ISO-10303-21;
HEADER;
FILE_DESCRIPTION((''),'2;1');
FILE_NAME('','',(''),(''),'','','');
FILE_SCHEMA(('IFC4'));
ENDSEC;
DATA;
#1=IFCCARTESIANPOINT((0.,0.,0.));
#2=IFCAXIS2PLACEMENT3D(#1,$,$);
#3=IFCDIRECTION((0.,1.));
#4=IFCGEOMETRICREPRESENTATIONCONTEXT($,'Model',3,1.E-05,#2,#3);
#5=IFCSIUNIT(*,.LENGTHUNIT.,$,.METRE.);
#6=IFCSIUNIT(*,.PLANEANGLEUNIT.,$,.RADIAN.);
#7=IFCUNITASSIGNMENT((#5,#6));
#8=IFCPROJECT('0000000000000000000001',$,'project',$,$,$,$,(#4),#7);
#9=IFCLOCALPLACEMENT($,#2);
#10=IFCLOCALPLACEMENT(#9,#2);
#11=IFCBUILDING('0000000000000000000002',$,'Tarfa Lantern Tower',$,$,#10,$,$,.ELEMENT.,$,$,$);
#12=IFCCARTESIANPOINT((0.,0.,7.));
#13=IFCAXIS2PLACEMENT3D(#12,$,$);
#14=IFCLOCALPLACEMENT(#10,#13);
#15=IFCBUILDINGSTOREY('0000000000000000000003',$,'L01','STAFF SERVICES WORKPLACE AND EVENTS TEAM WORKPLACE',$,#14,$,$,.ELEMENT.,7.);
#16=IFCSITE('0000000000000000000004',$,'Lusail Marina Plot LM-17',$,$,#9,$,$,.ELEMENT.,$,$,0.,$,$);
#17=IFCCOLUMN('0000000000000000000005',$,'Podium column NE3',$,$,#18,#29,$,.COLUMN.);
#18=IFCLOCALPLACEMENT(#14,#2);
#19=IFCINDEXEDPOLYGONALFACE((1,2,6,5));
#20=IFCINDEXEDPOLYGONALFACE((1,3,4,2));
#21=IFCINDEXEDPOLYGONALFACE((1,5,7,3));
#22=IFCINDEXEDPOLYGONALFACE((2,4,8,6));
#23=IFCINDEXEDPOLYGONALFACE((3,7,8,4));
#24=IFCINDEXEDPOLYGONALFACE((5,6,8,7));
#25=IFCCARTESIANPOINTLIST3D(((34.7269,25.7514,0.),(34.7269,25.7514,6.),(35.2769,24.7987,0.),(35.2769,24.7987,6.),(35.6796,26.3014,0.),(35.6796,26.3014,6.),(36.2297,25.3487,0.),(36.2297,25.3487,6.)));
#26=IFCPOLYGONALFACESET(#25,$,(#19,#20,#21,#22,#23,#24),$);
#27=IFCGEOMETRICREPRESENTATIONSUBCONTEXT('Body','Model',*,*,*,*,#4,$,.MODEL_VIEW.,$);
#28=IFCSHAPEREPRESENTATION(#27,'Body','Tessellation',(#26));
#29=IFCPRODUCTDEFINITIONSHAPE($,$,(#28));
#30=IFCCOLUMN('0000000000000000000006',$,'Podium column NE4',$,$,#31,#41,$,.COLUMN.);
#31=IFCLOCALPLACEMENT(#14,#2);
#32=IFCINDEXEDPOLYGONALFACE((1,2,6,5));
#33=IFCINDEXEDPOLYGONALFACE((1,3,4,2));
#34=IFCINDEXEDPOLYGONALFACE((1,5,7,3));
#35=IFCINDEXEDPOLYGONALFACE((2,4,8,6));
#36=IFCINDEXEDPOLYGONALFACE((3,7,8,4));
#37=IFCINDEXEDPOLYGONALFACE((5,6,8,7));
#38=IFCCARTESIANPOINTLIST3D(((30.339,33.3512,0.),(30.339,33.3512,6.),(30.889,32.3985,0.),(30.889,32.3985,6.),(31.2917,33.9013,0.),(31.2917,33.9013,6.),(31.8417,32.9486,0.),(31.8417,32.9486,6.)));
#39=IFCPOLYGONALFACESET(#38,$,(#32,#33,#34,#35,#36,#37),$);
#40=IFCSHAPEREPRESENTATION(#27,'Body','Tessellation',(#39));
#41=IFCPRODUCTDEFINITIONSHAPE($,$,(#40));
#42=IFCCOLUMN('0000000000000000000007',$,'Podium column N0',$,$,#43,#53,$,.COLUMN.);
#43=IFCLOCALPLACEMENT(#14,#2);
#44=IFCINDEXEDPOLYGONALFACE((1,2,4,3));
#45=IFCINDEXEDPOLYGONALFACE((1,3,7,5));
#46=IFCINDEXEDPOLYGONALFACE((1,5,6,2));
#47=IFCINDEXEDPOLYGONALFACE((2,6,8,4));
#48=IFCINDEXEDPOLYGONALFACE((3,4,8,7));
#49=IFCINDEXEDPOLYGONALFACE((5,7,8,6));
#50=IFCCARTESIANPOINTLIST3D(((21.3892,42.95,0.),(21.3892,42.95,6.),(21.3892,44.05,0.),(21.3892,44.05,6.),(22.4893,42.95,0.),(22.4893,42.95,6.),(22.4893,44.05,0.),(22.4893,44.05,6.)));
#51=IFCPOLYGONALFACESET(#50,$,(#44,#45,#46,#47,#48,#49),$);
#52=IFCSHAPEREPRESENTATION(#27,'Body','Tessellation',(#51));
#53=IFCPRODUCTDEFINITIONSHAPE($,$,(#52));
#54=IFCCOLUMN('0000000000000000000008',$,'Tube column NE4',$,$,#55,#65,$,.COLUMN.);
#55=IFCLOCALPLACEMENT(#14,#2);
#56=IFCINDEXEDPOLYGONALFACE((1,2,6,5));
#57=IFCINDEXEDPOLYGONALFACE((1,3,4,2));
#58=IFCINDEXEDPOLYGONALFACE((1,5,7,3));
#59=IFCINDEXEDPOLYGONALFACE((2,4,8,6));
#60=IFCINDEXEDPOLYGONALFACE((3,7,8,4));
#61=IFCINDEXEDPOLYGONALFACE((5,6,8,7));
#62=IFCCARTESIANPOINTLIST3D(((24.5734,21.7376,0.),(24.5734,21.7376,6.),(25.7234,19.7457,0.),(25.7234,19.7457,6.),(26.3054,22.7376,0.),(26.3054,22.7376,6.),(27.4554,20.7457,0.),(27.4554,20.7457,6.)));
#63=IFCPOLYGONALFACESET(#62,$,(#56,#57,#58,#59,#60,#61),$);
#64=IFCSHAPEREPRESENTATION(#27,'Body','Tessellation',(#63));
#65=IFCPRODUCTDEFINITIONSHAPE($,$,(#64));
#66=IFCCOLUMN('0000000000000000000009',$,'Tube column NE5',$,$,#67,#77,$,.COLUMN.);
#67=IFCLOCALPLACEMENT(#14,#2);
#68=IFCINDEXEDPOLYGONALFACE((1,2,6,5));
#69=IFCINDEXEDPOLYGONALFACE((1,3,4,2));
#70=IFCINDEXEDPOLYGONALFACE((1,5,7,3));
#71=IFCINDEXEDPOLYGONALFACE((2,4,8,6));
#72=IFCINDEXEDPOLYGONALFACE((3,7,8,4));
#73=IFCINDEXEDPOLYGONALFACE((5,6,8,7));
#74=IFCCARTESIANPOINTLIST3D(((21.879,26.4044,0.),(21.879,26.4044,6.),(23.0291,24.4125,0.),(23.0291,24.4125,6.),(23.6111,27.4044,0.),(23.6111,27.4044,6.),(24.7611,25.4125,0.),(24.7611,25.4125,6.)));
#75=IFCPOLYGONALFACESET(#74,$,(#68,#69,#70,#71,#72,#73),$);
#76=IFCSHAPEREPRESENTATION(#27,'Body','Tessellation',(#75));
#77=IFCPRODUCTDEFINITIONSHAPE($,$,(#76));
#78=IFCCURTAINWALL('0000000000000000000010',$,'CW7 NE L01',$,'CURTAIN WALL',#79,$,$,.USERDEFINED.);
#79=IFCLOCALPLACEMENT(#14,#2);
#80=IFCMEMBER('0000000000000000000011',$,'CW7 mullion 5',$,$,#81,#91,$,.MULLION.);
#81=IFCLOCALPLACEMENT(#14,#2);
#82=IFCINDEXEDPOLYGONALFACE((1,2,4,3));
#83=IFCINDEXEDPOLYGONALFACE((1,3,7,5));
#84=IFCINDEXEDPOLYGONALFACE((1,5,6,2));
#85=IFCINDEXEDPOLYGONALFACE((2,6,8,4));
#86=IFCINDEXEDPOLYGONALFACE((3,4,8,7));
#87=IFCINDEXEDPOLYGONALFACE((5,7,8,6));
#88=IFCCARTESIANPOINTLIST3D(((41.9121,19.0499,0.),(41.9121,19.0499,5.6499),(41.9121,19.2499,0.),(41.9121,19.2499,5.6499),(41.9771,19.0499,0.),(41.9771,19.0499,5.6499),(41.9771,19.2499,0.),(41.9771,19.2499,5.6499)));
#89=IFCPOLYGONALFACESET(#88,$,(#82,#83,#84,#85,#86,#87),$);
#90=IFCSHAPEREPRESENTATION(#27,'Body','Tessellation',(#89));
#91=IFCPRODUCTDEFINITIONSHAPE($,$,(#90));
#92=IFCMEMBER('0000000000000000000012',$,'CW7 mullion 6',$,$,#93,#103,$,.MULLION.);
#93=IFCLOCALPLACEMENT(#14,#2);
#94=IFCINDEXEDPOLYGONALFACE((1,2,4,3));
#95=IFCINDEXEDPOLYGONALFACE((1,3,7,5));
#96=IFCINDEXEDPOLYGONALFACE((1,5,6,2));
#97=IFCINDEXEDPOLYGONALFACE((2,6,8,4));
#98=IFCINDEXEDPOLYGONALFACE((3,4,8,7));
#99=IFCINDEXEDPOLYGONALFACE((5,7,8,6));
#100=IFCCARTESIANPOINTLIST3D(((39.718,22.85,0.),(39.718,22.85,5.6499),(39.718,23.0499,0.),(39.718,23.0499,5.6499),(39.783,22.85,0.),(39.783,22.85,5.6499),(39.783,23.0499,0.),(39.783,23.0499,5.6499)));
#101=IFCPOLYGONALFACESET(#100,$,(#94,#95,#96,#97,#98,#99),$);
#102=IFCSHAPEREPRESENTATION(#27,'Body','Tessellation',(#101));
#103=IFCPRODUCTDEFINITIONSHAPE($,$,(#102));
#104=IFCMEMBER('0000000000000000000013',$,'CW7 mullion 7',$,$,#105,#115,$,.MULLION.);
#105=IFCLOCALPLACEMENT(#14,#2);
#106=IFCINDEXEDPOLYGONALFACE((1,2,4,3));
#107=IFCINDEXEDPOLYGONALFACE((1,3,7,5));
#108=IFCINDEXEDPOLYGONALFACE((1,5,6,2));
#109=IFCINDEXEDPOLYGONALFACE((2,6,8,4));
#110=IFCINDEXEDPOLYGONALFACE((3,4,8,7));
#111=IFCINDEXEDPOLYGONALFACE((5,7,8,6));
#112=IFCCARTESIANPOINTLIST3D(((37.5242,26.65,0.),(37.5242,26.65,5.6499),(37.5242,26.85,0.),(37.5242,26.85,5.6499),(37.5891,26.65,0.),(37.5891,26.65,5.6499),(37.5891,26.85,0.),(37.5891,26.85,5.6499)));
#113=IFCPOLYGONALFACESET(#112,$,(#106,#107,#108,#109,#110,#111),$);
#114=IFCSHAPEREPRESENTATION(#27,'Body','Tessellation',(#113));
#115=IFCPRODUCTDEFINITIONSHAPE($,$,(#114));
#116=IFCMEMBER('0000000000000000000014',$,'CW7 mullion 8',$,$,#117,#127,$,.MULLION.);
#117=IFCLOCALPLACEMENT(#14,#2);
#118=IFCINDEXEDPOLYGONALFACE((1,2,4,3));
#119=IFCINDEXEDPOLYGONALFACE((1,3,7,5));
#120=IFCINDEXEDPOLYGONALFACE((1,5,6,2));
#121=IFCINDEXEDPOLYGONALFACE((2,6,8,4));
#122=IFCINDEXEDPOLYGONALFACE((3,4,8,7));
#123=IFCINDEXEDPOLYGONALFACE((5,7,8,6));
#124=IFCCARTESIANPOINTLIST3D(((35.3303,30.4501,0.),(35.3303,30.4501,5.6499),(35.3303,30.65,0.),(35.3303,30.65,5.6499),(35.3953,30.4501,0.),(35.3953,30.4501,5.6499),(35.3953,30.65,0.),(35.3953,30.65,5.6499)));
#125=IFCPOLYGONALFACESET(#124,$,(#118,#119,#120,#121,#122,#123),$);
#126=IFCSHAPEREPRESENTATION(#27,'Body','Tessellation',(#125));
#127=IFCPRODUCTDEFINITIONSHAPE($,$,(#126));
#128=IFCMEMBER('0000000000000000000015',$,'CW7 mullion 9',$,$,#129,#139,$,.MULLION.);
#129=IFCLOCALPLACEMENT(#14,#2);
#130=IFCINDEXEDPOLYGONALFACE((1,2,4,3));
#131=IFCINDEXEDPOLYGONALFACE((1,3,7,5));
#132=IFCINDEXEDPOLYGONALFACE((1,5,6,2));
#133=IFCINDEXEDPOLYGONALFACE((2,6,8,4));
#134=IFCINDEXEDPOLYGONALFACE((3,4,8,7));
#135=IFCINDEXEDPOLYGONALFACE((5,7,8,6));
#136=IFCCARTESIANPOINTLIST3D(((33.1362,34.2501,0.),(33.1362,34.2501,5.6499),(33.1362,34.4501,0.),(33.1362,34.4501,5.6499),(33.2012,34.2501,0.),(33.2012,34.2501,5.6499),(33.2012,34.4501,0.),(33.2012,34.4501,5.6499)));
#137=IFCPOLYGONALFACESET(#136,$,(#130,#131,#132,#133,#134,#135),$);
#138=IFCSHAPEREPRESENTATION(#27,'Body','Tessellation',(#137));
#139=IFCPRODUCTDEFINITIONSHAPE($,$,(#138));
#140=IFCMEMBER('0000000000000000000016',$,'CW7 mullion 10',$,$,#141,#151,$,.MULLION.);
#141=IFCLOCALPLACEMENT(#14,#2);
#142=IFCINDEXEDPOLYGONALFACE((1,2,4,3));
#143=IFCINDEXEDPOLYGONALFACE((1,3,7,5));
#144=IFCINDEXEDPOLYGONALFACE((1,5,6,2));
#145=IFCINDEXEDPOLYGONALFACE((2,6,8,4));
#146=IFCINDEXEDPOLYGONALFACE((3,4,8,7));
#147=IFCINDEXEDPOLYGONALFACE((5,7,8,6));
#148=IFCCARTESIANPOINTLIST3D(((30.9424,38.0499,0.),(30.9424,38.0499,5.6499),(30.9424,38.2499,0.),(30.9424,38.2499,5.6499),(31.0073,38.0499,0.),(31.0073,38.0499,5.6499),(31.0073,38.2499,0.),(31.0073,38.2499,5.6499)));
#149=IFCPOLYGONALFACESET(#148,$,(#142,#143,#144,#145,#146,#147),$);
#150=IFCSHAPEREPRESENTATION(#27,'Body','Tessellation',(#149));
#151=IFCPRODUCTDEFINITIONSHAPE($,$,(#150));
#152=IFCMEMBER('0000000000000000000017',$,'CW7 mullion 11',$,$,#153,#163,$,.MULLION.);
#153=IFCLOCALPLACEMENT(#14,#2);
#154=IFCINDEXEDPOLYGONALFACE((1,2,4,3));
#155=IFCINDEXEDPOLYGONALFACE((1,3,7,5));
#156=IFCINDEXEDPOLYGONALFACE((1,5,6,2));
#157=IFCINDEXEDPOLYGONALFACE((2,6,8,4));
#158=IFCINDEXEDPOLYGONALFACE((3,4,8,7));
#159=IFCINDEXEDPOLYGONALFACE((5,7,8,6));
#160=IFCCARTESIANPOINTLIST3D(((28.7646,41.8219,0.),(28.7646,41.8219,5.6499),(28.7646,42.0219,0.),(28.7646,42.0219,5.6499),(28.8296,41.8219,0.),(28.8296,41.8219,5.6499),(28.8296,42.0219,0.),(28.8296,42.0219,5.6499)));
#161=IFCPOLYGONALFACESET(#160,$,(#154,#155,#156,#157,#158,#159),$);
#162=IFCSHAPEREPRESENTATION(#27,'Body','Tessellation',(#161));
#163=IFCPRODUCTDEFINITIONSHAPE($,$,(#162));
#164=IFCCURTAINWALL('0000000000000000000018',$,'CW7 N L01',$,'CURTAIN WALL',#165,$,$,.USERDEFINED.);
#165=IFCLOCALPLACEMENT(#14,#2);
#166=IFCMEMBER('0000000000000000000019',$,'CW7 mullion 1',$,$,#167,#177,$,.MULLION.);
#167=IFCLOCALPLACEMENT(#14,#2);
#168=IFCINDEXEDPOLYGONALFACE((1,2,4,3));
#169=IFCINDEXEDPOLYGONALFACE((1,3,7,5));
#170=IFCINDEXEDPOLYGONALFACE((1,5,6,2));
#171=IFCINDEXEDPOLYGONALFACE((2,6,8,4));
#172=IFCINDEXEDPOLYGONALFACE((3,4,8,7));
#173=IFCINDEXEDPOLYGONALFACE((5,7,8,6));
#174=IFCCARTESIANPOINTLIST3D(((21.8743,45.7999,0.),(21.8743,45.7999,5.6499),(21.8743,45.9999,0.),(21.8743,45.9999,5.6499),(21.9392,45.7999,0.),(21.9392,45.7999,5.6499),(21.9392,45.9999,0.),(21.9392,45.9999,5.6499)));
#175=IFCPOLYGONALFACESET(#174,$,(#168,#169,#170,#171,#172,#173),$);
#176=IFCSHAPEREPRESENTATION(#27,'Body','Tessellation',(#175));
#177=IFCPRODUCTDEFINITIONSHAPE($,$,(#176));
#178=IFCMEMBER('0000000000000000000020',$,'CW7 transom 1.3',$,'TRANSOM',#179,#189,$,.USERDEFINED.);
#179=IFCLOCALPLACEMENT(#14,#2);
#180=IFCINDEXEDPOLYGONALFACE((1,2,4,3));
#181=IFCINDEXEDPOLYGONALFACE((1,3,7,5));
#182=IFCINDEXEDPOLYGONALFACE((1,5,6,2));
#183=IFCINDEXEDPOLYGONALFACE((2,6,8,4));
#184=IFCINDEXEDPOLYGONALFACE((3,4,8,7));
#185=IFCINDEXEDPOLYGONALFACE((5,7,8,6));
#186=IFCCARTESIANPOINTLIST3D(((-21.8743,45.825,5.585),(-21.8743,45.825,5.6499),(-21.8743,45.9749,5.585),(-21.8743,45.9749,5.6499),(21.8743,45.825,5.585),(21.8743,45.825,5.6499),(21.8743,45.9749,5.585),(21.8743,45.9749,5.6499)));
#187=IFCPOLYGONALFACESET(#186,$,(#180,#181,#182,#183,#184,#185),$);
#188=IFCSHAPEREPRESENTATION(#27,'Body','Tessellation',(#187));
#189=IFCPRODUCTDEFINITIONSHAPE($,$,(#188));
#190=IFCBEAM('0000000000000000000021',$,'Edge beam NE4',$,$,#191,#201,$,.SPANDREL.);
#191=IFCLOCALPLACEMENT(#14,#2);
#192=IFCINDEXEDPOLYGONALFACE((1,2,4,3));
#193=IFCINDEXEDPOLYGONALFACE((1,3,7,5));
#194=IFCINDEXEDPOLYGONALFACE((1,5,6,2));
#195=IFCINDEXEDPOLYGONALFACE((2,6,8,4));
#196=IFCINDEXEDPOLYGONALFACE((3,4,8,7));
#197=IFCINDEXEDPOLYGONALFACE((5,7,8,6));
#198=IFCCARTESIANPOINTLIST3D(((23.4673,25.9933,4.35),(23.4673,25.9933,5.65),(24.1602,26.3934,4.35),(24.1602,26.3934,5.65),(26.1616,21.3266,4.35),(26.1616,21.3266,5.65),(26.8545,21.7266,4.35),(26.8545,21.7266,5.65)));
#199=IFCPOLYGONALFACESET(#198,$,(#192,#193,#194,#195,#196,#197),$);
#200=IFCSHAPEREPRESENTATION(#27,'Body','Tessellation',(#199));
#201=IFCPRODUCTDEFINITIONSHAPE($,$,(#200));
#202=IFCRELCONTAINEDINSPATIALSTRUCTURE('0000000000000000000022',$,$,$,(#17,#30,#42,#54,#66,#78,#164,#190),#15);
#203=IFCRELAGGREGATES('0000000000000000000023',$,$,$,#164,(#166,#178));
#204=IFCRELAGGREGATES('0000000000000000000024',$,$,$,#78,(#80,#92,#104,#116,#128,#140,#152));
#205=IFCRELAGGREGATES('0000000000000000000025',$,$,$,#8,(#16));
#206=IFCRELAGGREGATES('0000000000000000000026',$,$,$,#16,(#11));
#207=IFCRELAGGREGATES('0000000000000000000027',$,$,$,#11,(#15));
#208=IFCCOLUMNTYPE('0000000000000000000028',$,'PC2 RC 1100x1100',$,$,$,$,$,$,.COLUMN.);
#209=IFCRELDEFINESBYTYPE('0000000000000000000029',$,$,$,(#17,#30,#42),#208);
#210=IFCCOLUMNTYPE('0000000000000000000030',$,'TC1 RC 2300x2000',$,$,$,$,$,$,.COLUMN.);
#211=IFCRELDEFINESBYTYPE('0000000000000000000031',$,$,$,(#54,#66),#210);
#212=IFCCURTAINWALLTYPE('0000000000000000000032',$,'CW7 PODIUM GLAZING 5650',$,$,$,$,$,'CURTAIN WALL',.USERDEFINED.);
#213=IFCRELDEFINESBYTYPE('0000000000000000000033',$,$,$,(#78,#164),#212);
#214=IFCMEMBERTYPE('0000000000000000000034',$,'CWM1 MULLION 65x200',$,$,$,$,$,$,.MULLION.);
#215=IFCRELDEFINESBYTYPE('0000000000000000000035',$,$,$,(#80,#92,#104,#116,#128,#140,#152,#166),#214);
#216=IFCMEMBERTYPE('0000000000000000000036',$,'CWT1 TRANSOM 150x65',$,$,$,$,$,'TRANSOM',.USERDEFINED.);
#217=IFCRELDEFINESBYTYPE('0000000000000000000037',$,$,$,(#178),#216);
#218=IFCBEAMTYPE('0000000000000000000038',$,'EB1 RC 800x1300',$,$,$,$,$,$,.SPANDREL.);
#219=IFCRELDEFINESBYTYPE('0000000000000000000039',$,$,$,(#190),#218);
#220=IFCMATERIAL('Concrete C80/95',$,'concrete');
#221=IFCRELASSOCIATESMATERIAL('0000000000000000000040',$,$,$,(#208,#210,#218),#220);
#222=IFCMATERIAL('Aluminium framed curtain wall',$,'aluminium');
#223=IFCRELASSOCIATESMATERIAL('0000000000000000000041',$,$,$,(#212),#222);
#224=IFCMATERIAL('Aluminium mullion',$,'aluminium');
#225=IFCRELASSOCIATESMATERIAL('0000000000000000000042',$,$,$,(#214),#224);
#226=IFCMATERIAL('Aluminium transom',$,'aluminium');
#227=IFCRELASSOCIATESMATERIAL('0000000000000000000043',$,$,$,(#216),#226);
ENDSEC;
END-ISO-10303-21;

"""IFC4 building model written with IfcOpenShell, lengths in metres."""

from ifc_helpers import new_model, si_unit, direction, frame, origin, origin_2d, place, context, subcontext, project, spatial, rectangle, extrude, material, material_profile, profile_set, type_object, element, aggregate, save


model = new_model("IFC4")

# Units and contexts
model_context = context("Model", 3, precision=1e-05, world=origin(), true_north=direction((0.0, 1.0)))
body_context = subcontext(model_context, "Body", "Model", "MODEL_VIEW")
ifc_project = project(units=[si_unit("LENGTHUNIT", "METRE"), si_unit("PLANEANGLEUNIT", "RADIAN")], contexts=[model_context])

# Site, building, storey
site_placement = place(None, origin())
site = spatial("IfcSite", under=ifc_project, at=site_placement, Name="Lusail Marina Plot LM-17", CompositionType="ELEMENT", RefElevation=0.0)
building_placement = place(site_placement, origin())
building = spatial("IfcBuilding", under=site, at=building_placement, Name="Tarfa Lantern Tower", CompositionType="ELEMENT")
storey_placement = place(building_placement, frame((0.0, 0.0, 7.0)))
storey = spatial("IfcBuildingStorey", under=building, at=storey_placement, Name="L01", Description="STAFF SERVICES WORKPLACE AND EVENTS TEAM WORKPLACE", CompositionType="ELEMENT", Elevation=7.0)

# Columns
ifc_material_1 = material(Name="Concrete C80/95", Category="concrete")
ifc_material_profile_1 = material_profile(ifc_material_1, rectangle(XDim=1.1001, YDim=1.1001, at=origin_2d()), Name="RC 1100x1100")
ifc_profile_set_1 = profile_set([ifc_material_profile_1], Name="Concrete C80/95")
column_type_1 = type_object("IfcColumnType", Name="PC2 RC 1100x1100", PredefinedType="COLUMN", material=ifc_profile_set_1)
for number, where, z_axis, x_axis, name in (
    (1, (35.4783, 25.55, 0.0), (0.0, 0.0, 1.0), (-0.5, 0.866025, 0.0), "Podium column NE3"),
    (2, (31.0903, 33.1499, 0.0), (0.0, 0.0, 1.0), (-0.5, 0.866025, 0.0), "Podium column NE4"),
    (3, (21.9392, 43.5, 0.0), (0.0, 0.0, 1.0), (-1.0, 0.0, 0.0), "Podium column N0"),
):
    element("IfcColumn", number, at=place(storey_placement, frame(where, z_axis=z_axis, x_axis=x_axis)), inside=storey, type_object=column_type_1, Name=name, PredefinedType="COLUMN", context=body_context, shape_type="SweptSolid", body=[
        extrude(rectangle(XDim=1.1001, YDim=1.1001, at=origin_2d()), origin(), (0.0, 0.0, 1.0), 6.0),
    ])
ifc_material_profile_2 = material_profile(ifc_material_1, rectangle(XDim=2.3, YDim=2.0, at=origin_2d()), Name="RC 2300x2000")
ifc_profile_set_2 = profile_set([ifc_material_profile_2], Name="Concrete C80/95")
column_type_2 = type_object("IfcColumnType", Name="TC1 RC 2300x2000", PredefinedType="COLUMN", material=ifc_profile_set_2)
for number, where, z_axis, x_axis, name in (
    (4, (26.0144, 21.2417, 0.0), (0.0, 0.0, 1.0), (-0.5, 0.866025, 0.0), "Tube column NE4"),
    (5, (23.3201, 25.9084, 0.0), (0.0, 0.0, 1.0), (-0.5, 0.866025, 0.0), "Tube column NE5"),
):
    element("IfcColumn", number, at=place(storey_placement, frame(where, z_axis=z_axis, x_axis=x_axis)), inside=storey, type_object=column_type_2, Name=name, PredefinedType="COLUMN", context=body_context, shape_type="SweptSolid", body=[
        extrude(rectangle(XDim=2.3, YDim=2.0, at=origin_2d()), origin(), (0.0, 0.0, 1.0), 6.0),
    ])

# Curtain walls, members
ifc_material_2 = material(Name="Aluminium framed curtain wall", Category="aluminium")
curtain_wall_type = type_object("IfcCurtainWallType", Name="CW7 PODIUM GLAZING 5650", ElementType="CURTAIN WALL", PredefinedType="USERDEFINED", material=ifc_material_2)
curtain_wall_1_placement = place(storey_placement, origin())
curtain_wall_1 = element("IfcCurtainWall", 6, at=curtain_wall_1_placement, inside=storey, type_object=curtain_wall_type, Name="CW7 NE L01", ObjectType="CURTAIN WALL", PredefinedType="USERDEFINED")
ifc_material_3 = material(Name="Aluminium mullion", Category="aluminium")
ifc_material_profile_3 = material_profile(ifc_material_3, rectangle(XDim=0.0649, YDim=0.2, at=origin_2d()), Name="AL MULLION 65x200")
ifc_profile_set_3 = profile_set([ifc_material_profile_3], Name="Aluminium mullion")
member_type_1 = type_object("IfcMemberType", Name="CWM1 MULLION 65x200", PredefinedType="MULLION", material=ifc_profile_set_3)
member_1_placement = place(storey_placement, frame((41.9446, 19.1499, 0.0), z_axis=(0.0, 0.0, 1.0), x_axis=(1.0, 0.0, 0.0)))
member_1 = element("IfcMember", 7, at=member_1_placement, type_object=member_type_1, Name="CW7 mullion 5", PredefinedType="MULLION", context=body_context, shape_type="SweptSolid", body=[
    extrude(rectangle(XDim=0.0649, YDim=0.2, at=origin_2d()), origin(), (0.0, 0.0, 1.0), 5.6499),
])
member_2_placement = place(storey_placement, frame((39.7505, 22.95, 0.0), z_axis=(0.0, 0.0, 1.0), x_axis=(1.0, 0.0, 0.0)))
member_2 = element("IfcMember", 8, at=member_2_placement, type_object=member_type_1, Name="CW7 mullion 6", PredefinedType="MULLION", context=body_context, shape_type="SweptSolid", body=[
    extrude(rectangle(XDim=0.0649, YDim=0.2, at=origin_2d()), origin(), (0.0, 0.0, 1.0), 5.6499),
])
member_3_placement = place(storey_placement, frame((37.5566, 26.75, 0.0), z_axis=(0.0, 0.0, 1.0), x_axis=(1.0, 0.0, 0.0)))
member_3 = element("IfcMember", 9, at=member_3_placement, type_object=member_type_1, Name="CW7 mullion 7", PredefinedType="MULLION", context=body_context, shape_type="SweptSolid", body=[
    extrude(rectangle(XDim=0.0649, YDim=0.2, at=origin_2d()), origin(), (0.0, 0.0, 1.0), 5.6499),
])
member_4_placement = place(storey_placement, frame((35.3628, 30.55, 0.0), z_axis=(0.0, 0.0, 1.0), x_axis=(1.0, 0.0, 0.0)))
member_4 = element("IfcMember", 10, at=member_4_placement, type_object=member_type_1, Name="CW7 mullion 8", PredefinedType="MULLION", context=body_context, shape_type="SweptSolid", body=[
    extrude(rectangle(XDim=0.0649, YDim=0.2, at=origin_2d()), origin(), (0.0, 0.0, 1.0), 5.6499),
])
member_5_placement = place(storey_placement, frame((33.1687, 34.3501, 0.0), z_axis=(0.0, 0.0, 1.0), x_axis=(1.0, 0.0, 0.0)))
member_5 = element("IfcMember", 11, at=member_5_placement, type_object=member_type_1, Name="CW7 mullion 9", PredefinedType="MULLION", context=body_context, shape_type="SweptSolid", body=[
    extrude(rectangle(XDim=0.0649, YDim=0.2, at=origin_2d()), origin(), (0.0, 0.0, 1.0), 5.6499),
])
member_6_placement = place(storey_placement, frame((30.9749, 38.1499, 0.0), z_axis=(0.0, 0.0, 1.0), x_axis=(1.0, 0.0, 0.0)))
member_6 = element("IfcMember", 12, at=member_6_placement, type_object=member_type_1, Name="CW7 mullion 10", PredefinedType="MULLION", context=body_context, shape_type="SweptSolid", body=[
    extrude(rectangle(XDim=0.0649, YDim=0.2, at=origin_2d()), origin(), (0.0, 0.0, 1.0), 5.6499),
])
member_7_placement = place(storey_placement, frame((28.7971, 41.9219, 0.0), z_axis=(0.0, 0.0, 1.0), x_axis=(1.0, 0.0, 0.0)))
member_7 = element("IfcMember", 13, at=member_7_placement, type_object=member_type_1, Name="CW7 mullion 11", PredefinedType="MULLION", context=body_context, shape_type="SweptSolid", body=[
    extrude(rectangle(XDim=0.0649, YDim=0.2, at=origin_2d()), origin(), (0.0, 0.0, 1.0), 5.6499),
])
curtain_wall_2_placement = place(storey_placement, origin())
curtain_wall_2 = element("IfcCurtainWall", 14, at=curtain_wall_2_placement, inside=storey, type_object=curtain_wall_type, Name="CW7 N L01", ObjectType="CURTAIN WALL", PredefinedType="USERDEFINED")
member_8_placement = place(storey_placement, frame((21.9067, 45.8999, 0.0), z_axis=(0.0, 0.0, 1.0), x_axis=(1.0, 0.0, 0.0)))
member_8 = element("IfcMember", 15, at=member_8_placement, type_object=member_type_1, Name="CW7 mullion 1", PredefinedType="MULLION", context=body_context, shape_type="SweptSolid", body=[
    extrude(rectangle(XDim=0.0649, YDim=0.2, at=origin_2d()), origin(), (0.0, 0.0, 1.0), 5.6499),
])
ifc_material_4 = material(Name="Aluminium transom", Category="aluminium")
ifc_material_profile_4 = material_profile(ifc_material_4, rectangle(XDim=0.1499, YDim=0.0649, at=origin_2d()), Name="AL TRANSOM 150x65")
ifc_profile_set_4 = profile_set([ifc_material_profile_4], Name="Aluminium transom")
member_type_2 = type_object("IfcMemberType", Name="CWT1 TRANSOM 150x65", ElementType="TRANSOM", PredefinedType="USERDEFINED", material=ifc_profile_set_4)
member_9_placement = place(storey_placement, frame((21.8743, 45.8999, 5.6174), z_axis=(-1.0, 0.0, 0.0), x_axis=(0.0, -1.0, 0.0)))
member_9 = element("IfcMember", 16, at=member_9_placement, type_object=member_type_2, Name="CW7 transom 1.3", ObjectType="TRANSOM", PredefinedType="USERDEFINED", context=body_context, shape_type="SweptSolid", body=[
    extrude(rectangle(XDim=0.1499, YDim=0.0649, at=origin_2d()), origin(), (0.0, 0.0, 1.0), 43.7485),
])
aggregate(curtain_wall_2, [member_8, member_9])

# Beam
ifc_material_profile_5 = material_profile(ifc_material_1, rectangle(XDim=0.8, YDim=1.3, at=origin_2d()), Name="RC 800x1300")
ifc_profile_set_5 = profile_set([ifc_material_profile_5], Name="Concrete C80/95")
beam_type_1 = type_object("IfcBeamType", Name="EB1 RC 800x1300", PredefinedType="SPANDREL", material=ifc_profile_set_5)
for number, where, z_axis, x_axis, name in (
    (17, (26.5081, 21.5266, 5.0), (-0.499998, 0.866026, 0.0), (-0.866026, -0.499998, 0.0), "Edge beam NE4"),
):
    element("IfcBeam", number, at=place(storey_placement, frame(where, z_axis=z_axis, x_axis=x_axis)), inside=storey, type_object=beam_type_1, Name=name, PredefinedType="SPANDREL", context=body_context, shape_type="SweptSolid", body=[
        extrude(rectangle(XDim=0.8, YDim=1.3, at=origin_2d()), origin(), (0.0, 0.0, 1.0), 5.3887),
    ])

aggregate(curtain_wall_1, [member_1, member_2, member_3, member_4, member_5, member_6, member_7])

save(model, "model.ifc")
